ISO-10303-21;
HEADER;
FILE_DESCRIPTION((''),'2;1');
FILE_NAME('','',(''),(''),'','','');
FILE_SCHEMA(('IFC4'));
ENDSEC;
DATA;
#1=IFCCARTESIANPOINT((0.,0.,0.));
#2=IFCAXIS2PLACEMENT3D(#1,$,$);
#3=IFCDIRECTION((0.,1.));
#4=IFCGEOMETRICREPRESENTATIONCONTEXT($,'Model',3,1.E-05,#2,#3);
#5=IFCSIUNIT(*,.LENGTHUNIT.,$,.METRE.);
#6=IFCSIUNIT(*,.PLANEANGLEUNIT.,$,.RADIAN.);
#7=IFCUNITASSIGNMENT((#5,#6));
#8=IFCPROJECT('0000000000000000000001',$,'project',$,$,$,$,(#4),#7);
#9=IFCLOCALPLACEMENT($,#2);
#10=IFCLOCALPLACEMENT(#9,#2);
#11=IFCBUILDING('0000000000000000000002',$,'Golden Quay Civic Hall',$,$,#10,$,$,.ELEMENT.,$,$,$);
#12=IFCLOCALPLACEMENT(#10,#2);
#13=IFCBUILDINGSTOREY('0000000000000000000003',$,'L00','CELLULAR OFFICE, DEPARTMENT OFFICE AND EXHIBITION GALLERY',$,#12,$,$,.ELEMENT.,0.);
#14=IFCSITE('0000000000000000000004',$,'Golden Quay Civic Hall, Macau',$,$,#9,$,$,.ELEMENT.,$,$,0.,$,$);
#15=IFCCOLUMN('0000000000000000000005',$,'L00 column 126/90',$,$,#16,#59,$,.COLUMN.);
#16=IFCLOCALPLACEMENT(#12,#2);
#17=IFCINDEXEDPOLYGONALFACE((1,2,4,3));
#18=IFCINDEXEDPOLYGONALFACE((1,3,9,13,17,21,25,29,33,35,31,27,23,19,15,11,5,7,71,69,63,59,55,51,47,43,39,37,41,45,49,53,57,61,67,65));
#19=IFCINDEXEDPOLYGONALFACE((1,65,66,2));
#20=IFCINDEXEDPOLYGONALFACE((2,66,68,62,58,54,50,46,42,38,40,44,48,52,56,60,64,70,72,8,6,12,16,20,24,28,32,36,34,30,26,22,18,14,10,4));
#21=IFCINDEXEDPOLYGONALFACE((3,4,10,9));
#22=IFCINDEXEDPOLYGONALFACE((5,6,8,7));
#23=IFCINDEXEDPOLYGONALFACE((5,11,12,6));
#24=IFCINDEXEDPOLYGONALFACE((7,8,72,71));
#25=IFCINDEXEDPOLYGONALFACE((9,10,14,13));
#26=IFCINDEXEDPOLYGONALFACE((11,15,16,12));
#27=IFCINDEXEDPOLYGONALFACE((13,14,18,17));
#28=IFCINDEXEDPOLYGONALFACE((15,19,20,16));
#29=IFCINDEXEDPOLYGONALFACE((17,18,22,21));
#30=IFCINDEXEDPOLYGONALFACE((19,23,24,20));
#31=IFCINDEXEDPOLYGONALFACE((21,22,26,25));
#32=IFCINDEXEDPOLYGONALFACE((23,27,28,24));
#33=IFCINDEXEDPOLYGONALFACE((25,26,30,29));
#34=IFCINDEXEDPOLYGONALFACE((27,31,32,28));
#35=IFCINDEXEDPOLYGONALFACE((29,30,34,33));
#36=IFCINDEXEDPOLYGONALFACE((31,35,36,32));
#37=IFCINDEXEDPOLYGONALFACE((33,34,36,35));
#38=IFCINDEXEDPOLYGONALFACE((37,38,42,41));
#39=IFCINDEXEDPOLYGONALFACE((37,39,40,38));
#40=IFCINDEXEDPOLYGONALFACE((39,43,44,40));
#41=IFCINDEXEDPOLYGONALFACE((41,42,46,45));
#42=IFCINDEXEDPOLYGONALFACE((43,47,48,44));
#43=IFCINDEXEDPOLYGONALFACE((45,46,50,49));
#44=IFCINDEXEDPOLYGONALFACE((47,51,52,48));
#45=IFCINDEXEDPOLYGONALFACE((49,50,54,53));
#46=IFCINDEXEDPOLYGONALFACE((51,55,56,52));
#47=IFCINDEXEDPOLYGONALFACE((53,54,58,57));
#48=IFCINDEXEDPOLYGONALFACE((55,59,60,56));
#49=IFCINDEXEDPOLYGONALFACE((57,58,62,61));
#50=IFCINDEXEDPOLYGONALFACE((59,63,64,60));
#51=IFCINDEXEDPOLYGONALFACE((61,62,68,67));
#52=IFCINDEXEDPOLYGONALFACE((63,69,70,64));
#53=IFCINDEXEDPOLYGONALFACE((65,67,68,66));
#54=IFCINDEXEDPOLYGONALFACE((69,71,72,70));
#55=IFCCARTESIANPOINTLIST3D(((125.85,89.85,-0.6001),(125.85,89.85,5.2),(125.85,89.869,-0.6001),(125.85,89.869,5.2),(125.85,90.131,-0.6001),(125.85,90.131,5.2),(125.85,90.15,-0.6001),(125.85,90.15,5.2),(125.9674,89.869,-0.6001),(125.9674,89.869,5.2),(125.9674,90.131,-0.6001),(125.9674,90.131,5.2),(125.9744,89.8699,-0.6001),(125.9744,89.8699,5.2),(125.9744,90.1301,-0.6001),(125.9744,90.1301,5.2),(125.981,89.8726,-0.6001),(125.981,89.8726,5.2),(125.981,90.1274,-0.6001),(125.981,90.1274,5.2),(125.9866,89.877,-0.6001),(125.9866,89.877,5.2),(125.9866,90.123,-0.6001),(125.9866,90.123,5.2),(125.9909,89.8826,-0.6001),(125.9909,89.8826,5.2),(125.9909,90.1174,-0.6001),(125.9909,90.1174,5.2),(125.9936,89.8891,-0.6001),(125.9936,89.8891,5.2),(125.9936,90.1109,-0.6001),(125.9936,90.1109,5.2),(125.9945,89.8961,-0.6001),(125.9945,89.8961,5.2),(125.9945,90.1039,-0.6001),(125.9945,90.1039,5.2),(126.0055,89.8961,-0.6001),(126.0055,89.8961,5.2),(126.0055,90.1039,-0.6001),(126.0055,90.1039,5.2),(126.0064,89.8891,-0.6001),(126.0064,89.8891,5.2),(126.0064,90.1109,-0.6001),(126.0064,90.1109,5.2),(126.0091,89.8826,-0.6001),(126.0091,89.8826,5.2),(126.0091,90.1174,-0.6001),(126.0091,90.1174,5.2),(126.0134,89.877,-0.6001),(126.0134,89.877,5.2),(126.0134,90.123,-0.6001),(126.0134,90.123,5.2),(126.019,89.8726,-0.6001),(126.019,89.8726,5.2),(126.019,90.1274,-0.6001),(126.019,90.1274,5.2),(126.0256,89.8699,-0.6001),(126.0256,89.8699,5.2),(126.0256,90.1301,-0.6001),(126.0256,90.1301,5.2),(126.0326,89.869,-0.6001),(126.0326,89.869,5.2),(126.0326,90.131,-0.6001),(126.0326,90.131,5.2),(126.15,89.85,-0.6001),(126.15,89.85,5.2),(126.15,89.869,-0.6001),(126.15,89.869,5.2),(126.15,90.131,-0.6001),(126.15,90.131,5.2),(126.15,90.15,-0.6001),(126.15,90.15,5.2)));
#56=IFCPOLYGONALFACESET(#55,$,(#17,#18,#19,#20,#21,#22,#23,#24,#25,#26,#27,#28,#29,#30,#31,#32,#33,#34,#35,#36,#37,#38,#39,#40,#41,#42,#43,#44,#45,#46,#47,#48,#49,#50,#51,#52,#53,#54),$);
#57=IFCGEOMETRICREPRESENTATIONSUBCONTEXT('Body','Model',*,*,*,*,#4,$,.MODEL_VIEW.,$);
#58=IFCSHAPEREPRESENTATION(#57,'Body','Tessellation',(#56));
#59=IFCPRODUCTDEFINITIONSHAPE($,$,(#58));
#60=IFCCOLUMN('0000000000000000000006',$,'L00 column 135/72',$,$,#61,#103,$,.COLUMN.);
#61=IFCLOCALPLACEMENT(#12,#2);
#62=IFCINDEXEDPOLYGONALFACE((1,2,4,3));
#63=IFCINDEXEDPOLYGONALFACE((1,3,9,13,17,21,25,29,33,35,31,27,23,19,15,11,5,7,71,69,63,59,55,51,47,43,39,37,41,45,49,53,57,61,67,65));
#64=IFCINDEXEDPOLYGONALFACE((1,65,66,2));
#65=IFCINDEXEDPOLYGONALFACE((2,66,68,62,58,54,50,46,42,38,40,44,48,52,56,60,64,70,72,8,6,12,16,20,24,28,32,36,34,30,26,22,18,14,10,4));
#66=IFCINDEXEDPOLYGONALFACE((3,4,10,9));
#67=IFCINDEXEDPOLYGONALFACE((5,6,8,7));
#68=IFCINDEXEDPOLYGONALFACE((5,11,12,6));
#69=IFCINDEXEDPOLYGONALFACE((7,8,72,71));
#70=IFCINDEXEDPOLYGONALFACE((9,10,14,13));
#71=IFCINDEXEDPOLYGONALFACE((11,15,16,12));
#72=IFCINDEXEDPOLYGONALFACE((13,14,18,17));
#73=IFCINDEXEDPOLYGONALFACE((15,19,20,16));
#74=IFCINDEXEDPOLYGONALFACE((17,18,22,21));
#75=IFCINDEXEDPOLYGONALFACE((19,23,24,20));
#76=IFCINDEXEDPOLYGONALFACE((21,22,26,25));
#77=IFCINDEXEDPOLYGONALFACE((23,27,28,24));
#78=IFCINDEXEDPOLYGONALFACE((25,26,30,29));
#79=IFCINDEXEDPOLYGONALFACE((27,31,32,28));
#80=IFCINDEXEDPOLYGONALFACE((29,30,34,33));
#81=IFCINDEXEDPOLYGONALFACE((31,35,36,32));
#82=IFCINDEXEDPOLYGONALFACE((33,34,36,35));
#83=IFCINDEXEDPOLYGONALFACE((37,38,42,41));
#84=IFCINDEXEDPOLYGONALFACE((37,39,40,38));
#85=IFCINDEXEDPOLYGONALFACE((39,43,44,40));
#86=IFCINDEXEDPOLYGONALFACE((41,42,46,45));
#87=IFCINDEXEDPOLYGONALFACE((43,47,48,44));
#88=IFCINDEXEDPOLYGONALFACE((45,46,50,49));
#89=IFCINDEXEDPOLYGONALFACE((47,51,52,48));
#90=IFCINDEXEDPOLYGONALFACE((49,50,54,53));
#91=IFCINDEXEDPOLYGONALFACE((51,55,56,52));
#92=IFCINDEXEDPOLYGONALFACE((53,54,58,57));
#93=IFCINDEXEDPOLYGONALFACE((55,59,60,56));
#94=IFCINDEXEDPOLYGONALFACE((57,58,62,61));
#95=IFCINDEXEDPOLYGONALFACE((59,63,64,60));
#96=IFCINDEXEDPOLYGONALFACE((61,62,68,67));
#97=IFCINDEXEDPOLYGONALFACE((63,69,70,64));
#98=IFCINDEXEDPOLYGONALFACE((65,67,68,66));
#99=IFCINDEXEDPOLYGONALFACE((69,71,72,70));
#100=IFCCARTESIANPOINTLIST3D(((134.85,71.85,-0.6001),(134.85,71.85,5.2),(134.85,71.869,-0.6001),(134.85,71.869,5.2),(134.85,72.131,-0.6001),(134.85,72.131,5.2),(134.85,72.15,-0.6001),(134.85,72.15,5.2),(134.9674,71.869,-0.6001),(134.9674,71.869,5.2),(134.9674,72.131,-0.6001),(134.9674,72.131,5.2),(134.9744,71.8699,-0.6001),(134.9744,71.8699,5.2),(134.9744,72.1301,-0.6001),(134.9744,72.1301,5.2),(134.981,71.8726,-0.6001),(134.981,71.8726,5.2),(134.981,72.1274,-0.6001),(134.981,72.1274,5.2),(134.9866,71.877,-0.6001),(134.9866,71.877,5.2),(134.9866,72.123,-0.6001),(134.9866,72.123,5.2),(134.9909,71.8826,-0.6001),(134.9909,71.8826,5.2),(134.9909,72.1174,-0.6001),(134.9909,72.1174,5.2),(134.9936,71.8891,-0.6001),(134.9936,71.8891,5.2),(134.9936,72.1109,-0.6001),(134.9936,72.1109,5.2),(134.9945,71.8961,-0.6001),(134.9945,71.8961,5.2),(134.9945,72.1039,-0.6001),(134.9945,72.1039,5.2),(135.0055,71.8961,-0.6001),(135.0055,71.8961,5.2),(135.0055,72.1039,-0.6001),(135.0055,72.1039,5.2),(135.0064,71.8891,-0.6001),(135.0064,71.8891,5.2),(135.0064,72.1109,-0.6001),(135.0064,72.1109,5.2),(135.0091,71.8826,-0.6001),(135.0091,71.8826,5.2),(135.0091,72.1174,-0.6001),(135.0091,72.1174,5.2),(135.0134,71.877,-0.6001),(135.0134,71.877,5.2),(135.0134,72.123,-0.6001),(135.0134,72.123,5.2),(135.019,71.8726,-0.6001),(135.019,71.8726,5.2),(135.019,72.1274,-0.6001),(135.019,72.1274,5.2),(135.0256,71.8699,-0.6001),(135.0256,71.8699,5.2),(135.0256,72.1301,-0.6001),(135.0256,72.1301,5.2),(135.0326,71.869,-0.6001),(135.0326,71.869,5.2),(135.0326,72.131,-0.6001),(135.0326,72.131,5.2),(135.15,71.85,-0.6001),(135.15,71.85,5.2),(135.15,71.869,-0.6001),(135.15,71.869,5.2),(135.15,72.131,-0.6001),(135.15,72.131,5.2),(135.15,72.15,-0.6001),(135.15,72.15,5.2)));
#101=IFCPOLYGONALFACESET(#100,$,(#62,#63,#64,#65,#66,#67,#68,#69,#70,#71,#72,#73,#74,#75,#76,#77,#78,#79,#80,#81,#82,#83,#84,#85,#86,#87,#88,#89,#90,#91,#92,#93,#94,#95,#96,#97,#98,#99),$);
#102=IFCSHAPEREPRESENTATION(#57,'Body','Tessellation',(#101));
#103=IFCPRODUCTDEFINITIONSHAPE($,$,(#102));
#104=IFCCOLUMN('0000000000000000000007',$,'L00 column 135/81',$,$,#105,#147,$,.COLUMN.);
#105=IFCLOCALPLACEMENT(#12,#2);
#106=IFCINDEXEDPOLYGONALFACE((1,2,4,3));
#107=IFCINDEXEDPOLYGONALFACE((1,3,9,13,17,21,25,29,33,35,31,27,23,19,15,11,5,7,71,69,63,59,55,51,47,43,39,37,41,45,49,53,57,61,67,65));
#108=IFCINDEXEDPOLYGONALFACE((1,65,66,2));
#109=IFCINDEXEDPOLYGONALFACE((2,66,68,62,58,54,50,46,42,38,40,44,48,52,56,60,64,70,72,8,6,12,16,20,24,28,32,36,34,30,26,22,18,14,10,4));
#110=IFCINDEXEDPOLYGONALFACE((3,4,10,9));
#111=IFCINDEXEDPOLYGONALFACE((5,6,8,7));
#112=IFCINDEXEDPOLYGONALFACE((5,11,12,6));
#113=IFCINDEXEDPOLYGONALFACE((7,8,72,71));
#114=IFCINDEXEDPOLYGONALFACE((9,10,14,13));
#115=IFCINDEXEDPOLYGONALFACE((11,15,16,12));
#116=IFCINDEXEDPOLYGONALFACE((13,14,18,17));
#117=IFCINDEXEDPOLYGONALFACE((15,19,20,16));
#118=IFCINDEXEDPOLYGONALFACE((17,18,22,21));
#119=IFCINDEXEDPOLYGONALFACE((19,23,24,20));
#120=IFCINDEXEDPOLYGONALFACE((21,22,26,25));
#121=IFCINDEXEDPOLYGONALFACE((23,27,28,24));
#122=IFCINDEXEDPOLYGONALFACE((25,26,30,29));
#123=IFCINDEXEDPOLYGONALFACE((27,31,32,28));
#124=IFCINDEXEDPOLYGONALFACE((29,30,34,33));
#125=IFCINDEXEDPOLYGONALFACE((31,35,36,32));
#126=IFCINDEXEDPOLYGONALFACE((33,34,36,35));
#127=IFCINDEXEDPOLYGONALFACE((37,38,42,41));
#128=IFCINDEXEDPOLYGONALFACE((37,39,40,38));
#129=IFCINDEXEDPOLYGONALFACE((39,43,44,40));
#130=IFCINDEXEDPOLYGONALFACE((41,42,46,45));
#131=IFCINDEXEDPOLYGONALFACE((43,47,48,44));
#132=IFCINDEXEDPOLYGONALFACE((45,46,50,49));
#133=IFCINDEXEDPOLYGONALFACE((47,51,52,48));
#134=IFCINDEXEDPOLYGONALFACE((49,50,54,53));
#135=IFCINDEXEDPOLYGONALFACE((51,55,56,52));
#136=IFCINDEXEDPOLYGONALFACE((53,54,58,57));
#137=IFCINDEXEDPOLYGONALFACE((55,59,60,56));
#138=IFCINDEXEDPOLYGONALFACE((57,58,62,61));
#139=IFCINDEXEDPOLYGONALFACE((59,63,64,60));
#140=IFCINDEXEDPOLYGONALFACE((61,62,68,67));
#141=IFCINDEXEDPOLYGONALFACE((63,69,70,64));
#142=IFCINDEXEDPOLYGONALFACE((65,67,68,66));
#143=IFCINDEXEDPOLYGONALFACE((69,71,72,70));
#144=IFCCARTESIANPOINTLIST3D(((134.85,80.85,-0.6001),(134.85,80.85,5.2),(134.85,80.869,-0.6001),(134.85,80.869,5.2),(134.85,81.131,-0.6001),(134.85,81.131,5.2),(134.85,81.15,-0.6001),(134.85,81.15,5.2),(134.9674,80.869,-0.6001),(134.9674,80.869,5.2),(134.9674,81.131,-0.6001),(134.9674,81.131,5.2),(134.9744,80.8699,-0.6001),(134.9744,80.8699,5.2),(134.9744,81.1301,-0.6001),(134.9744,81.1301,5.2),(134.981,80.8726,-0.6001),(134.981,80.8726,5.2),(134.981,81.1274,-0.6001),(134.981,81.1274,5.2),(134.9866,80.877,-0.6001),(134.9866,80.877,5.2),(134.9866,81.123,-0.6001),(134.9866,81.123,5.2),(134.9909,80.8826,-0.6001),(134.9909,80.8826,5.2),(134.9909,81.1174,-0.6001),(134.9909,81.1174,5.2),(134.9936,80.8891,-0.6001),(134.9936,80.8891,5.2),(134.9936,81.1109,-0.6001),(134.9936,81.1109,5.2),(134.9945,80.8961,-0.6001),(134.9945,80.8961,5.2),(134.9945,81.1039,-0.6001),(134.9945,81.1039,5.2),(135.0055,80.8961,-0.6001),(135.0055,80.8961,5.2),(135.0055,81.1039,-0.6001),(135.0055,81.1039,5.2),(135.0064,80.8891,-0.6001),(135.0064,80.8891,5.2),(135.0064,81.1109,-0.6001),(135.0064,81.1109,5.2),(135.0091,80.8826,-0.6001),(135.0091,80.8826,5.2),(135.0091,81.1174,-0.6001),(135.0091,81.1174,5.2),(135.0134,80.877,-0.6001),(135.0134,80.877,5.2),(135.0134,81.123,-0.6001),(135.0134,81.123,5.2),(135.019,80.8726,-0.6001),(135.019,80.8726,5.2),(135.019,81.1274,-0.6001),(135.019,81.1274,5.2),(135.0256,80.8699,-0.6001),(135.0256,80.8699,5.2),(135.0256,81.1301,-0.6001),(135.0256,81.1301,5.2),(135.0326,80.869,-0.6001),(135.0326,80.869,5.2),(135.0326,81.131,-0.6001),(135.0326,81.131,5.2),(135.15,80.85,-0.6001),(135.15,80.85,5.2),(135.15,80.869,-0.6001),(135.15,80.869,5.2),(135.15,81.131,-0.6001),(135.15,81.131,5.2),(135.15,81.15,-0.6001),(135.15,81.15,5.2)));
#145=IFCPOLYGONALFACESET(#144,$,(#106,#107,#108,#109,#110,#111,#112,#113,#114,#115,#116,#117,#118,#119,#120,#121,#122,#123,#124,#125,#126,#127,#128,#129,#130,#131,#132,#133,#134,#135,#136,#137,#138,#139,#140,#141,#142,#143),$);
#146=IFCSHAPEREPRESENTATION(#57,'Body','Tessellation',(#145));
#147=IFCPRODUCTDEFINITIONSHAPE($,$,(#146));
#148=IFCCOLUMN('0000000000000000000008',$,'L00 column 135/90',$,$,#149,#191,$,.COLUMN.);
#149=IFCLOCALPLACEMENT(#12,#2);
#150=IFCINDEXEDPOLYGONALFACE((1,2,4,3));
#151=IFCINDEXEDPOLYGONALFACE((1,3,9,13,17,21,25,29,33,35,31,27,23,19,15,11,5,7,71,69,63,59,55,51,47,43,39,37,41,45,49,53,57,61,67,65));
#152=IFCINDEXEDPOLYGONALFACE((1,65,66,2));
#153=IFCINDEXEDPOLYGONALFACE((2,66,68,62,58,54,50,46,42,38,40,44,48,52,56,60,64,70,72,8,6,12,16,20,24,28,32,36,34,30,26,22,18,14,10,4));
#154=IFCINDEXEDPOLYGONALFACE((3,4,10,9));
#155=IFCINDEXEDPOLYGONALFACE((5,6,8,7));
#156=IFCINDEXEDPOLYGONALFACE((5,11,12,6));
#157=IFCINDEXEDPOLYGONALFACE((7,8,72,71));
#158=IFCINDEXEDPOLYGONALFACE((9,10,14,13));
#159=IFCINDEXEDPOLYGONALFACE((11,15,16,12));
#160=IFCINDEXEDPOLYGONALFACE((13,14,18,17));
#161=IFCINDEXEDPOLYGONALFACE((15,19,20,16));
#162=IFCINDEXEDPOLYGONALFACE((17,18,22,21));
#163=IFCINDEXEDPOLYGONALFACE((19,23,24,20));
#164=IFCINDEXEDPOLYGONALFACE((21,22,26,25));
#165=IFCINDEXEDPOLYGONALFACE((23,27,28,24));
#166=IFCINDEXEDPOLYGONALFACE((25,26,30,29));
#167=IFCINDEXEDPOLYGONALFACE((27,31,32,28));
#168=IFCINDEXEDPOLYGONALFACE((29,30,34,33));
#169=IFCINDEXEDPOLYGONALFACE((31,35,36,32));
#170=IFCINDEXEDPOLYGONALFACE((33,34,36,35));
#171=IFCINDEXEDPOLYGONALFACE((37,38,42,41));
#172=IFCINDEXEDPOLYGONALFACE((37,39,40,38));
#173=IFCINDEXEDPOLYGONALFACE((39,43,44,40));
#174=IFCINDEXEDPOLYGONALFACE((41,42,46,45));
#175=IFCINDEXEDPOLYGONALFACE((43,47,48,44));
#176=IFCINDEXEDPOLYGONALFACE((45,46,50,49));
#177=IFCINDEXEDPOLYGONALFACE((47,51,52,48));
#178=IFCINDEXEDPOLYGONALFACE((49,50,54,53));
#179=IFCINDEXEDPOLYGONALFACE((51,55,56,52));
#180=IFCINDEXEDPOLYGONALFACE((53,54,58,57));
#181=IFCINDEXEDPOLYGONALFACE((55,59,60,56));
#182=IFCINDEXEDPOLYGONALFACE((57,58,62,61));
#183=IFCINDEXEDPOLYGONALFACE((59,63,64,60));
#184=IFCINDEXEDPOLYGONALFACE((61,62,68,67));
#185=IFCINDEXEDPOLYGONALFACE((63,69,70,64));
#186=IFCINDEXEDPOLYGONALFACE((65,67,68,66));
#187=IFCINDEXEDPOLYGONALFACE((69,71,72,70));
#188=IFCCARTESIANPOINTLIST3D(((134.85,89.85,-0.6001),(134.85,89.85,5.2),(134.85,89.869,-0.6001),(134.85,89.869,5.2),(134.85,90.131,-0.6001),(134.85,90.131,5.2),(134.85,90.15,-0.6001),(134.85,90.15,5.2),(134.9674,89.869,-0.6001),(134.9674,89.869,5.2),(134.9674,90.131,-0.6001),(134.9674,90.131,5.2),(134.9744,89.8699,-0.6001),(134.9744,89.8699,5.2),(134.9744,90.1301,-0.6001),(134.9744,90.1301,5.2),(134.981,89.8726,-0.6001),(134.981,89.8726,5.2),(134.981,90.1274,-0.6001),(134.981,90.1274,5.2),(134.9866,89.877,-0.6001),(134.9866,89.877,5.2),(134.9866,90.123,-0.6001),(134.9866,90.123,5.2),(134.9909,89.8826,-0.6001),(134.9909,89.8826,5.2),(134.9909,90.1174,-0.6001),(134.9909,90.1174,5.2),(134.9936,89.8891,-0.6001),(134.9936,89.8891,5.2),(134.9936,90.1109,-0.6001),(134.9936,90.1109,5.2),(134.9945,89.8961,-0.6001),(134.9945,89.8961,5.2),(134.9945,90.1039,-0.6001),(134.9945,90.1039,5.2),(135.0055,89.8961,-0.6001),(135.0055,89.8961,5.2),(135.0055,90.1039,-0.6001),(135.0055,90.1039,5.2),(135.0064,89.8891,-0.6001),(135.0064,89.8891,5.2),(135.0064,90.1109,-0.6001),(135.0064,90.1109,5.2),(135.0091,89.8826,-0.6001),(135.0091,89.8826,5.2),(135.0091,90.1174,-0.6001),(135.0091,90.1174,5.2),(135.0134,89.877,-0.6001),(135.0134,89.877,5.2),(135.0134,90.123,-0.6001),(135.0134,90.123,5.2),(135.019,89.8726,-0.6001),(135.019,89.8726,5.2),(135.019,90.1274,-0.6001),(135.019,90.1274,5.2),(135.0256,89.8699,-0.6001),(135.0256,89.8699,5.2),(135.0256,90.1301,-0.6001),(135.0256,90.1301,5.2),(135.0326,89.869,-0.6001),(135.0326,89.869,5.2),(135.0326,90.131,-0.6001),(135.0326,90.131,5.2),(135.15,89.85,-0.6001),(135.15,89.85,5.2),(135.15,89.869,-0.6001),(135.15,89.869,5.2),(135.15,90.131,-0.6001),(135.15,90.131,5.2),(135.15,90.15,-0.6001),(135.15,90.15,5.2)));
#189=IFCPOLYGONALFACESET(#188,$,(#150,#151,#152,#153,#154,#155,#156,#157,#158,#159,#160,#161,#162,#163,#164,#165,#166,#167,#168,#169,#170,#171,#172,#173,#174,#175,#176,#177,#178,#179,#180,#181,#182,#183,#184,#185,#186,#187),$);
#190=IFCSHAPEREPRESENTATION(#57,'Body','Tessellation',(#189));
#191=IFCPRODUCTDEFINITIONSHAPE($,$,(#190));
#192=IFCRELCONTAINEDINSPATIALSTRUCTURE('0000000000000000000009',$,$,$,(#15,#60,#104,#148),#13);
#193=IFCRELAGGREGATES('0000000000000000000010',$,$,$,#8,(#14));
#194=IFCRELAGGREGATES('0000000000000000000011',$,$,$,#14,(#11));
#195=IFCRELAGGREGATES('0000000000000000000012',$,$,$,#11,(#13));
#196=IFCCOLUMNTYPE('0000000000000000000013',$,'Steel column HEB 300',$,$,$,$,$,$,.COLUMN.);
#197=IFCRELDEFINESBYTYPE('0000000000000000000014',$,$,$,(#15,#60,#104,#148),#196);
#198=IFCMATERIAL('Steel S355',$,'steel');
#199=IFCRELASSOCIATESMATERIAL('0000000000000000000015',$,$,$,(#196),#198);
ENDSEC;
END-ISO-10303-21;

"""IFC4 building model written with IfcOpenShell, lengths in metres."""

from ifc_helpers import new_model, si_unit, direction, frame, origin, origin_2d, place, context, subcontext, project, spatial, i_section, extrude, material, material_profile, profile_set, type_object, element, save


model = new_model("IFC4")

# Units and contexts
model_context = context("Model", 3, precision=1e-05, world=origin(), true_north=direction((0.0, 1.0)))
body_context = subcontext(model_context, "Body", "Model", "MODEL_VIEW")
ifc_project = project(units=[si_unit("LENGTHUNIT", "METRE"), si_unit("PLANEANGLEUNIT", "RADIAN")], contexts=[model_context])

# Site, building, storey
site_placement = place(None, origin())
site = spatial("IfcSite", under=ifc_project, at=site_placement, Name="Golden Quay Civic Hall, Macau", CompositionType="ELEMENT", RefElevation=0.0)
building_placement = place(site_placement, origin())
building = spatial("IfcBuilding", under=site, at=building_placement, Name="Golden Quay Civic Hall", CompositionType="ELEMENT")
storey_placement = place(building_placement, origin())
storey = spatial("IfcBuildingStorey", under=building, at=storey_placement, Name="L00", Description="CELLULAR OFFICE, DEPARTMENT OFFICE AND EXHIBITION GALLERY", CompositionType="ELEMENT", Elevation=0.0)

# Columns
ifc_material_1 = material(Name="Steel S355", Category="steel")
ifc_material_profile_1 = material_profile(ifc_material_1, i_section(OverallWidth=0.3, OverallDepth=0.3, WebThickness=0.011, FlangeThickness=0.019, FilletRadius=0.0271, at=origin_2d()), Name="HEB 300")
ifc_profile_set_1 = profile_set([ifc_material_profile_1], Name="Steel S355")
column_type = type_object("IfcColumnType", Name="Steel column HEB 300", PredefinedType="COLUMN", material=ifc_profile_set_1)
for number, where, z_axis, x_axis, name in (
    (1, (126.0, 90.0, -0.6001), (0.0, 0.0, 1.0), (1.0, 0.0, 0.0), "L00 column 126/90"),
    (2, (135.0, 72.0, -0.6001), (0.0, 0.0, 1.0), (1.0, 0.0, 0.0), "L00 column 135/72"),
    (3, (135.0, 81.0, -0.6001), (0.0, 0.0, 1.0), (1.0, 0.0, 0.0), "L00 column 135/81"),
    (4, (135.0, 90.0, -0.6001), (0.0, 0.0, 1.0), (1.0, 0.0, 0.0), "L00 column 135/90"),
):
    element("IfcColumn", number, at=place(storey_placement, frame(where, z_axis=z_axis, x_axis=x_axis)), inside=storey, type_object=column_type, Name=name, PredefinedType="COLUMN", context=body_context, shape_type="SweptSolid", body=[
        extrude(i_section(OverallWidth=0.3, OverallDepth=0.3, WebThickness=0.011, FlangeThickness=0.019, FilletRadius=0.0271, at=origin_2d()), origin(), (0.0, 0.0, 1.0), 5.8),
    ])

save(model, "model.ifc")
